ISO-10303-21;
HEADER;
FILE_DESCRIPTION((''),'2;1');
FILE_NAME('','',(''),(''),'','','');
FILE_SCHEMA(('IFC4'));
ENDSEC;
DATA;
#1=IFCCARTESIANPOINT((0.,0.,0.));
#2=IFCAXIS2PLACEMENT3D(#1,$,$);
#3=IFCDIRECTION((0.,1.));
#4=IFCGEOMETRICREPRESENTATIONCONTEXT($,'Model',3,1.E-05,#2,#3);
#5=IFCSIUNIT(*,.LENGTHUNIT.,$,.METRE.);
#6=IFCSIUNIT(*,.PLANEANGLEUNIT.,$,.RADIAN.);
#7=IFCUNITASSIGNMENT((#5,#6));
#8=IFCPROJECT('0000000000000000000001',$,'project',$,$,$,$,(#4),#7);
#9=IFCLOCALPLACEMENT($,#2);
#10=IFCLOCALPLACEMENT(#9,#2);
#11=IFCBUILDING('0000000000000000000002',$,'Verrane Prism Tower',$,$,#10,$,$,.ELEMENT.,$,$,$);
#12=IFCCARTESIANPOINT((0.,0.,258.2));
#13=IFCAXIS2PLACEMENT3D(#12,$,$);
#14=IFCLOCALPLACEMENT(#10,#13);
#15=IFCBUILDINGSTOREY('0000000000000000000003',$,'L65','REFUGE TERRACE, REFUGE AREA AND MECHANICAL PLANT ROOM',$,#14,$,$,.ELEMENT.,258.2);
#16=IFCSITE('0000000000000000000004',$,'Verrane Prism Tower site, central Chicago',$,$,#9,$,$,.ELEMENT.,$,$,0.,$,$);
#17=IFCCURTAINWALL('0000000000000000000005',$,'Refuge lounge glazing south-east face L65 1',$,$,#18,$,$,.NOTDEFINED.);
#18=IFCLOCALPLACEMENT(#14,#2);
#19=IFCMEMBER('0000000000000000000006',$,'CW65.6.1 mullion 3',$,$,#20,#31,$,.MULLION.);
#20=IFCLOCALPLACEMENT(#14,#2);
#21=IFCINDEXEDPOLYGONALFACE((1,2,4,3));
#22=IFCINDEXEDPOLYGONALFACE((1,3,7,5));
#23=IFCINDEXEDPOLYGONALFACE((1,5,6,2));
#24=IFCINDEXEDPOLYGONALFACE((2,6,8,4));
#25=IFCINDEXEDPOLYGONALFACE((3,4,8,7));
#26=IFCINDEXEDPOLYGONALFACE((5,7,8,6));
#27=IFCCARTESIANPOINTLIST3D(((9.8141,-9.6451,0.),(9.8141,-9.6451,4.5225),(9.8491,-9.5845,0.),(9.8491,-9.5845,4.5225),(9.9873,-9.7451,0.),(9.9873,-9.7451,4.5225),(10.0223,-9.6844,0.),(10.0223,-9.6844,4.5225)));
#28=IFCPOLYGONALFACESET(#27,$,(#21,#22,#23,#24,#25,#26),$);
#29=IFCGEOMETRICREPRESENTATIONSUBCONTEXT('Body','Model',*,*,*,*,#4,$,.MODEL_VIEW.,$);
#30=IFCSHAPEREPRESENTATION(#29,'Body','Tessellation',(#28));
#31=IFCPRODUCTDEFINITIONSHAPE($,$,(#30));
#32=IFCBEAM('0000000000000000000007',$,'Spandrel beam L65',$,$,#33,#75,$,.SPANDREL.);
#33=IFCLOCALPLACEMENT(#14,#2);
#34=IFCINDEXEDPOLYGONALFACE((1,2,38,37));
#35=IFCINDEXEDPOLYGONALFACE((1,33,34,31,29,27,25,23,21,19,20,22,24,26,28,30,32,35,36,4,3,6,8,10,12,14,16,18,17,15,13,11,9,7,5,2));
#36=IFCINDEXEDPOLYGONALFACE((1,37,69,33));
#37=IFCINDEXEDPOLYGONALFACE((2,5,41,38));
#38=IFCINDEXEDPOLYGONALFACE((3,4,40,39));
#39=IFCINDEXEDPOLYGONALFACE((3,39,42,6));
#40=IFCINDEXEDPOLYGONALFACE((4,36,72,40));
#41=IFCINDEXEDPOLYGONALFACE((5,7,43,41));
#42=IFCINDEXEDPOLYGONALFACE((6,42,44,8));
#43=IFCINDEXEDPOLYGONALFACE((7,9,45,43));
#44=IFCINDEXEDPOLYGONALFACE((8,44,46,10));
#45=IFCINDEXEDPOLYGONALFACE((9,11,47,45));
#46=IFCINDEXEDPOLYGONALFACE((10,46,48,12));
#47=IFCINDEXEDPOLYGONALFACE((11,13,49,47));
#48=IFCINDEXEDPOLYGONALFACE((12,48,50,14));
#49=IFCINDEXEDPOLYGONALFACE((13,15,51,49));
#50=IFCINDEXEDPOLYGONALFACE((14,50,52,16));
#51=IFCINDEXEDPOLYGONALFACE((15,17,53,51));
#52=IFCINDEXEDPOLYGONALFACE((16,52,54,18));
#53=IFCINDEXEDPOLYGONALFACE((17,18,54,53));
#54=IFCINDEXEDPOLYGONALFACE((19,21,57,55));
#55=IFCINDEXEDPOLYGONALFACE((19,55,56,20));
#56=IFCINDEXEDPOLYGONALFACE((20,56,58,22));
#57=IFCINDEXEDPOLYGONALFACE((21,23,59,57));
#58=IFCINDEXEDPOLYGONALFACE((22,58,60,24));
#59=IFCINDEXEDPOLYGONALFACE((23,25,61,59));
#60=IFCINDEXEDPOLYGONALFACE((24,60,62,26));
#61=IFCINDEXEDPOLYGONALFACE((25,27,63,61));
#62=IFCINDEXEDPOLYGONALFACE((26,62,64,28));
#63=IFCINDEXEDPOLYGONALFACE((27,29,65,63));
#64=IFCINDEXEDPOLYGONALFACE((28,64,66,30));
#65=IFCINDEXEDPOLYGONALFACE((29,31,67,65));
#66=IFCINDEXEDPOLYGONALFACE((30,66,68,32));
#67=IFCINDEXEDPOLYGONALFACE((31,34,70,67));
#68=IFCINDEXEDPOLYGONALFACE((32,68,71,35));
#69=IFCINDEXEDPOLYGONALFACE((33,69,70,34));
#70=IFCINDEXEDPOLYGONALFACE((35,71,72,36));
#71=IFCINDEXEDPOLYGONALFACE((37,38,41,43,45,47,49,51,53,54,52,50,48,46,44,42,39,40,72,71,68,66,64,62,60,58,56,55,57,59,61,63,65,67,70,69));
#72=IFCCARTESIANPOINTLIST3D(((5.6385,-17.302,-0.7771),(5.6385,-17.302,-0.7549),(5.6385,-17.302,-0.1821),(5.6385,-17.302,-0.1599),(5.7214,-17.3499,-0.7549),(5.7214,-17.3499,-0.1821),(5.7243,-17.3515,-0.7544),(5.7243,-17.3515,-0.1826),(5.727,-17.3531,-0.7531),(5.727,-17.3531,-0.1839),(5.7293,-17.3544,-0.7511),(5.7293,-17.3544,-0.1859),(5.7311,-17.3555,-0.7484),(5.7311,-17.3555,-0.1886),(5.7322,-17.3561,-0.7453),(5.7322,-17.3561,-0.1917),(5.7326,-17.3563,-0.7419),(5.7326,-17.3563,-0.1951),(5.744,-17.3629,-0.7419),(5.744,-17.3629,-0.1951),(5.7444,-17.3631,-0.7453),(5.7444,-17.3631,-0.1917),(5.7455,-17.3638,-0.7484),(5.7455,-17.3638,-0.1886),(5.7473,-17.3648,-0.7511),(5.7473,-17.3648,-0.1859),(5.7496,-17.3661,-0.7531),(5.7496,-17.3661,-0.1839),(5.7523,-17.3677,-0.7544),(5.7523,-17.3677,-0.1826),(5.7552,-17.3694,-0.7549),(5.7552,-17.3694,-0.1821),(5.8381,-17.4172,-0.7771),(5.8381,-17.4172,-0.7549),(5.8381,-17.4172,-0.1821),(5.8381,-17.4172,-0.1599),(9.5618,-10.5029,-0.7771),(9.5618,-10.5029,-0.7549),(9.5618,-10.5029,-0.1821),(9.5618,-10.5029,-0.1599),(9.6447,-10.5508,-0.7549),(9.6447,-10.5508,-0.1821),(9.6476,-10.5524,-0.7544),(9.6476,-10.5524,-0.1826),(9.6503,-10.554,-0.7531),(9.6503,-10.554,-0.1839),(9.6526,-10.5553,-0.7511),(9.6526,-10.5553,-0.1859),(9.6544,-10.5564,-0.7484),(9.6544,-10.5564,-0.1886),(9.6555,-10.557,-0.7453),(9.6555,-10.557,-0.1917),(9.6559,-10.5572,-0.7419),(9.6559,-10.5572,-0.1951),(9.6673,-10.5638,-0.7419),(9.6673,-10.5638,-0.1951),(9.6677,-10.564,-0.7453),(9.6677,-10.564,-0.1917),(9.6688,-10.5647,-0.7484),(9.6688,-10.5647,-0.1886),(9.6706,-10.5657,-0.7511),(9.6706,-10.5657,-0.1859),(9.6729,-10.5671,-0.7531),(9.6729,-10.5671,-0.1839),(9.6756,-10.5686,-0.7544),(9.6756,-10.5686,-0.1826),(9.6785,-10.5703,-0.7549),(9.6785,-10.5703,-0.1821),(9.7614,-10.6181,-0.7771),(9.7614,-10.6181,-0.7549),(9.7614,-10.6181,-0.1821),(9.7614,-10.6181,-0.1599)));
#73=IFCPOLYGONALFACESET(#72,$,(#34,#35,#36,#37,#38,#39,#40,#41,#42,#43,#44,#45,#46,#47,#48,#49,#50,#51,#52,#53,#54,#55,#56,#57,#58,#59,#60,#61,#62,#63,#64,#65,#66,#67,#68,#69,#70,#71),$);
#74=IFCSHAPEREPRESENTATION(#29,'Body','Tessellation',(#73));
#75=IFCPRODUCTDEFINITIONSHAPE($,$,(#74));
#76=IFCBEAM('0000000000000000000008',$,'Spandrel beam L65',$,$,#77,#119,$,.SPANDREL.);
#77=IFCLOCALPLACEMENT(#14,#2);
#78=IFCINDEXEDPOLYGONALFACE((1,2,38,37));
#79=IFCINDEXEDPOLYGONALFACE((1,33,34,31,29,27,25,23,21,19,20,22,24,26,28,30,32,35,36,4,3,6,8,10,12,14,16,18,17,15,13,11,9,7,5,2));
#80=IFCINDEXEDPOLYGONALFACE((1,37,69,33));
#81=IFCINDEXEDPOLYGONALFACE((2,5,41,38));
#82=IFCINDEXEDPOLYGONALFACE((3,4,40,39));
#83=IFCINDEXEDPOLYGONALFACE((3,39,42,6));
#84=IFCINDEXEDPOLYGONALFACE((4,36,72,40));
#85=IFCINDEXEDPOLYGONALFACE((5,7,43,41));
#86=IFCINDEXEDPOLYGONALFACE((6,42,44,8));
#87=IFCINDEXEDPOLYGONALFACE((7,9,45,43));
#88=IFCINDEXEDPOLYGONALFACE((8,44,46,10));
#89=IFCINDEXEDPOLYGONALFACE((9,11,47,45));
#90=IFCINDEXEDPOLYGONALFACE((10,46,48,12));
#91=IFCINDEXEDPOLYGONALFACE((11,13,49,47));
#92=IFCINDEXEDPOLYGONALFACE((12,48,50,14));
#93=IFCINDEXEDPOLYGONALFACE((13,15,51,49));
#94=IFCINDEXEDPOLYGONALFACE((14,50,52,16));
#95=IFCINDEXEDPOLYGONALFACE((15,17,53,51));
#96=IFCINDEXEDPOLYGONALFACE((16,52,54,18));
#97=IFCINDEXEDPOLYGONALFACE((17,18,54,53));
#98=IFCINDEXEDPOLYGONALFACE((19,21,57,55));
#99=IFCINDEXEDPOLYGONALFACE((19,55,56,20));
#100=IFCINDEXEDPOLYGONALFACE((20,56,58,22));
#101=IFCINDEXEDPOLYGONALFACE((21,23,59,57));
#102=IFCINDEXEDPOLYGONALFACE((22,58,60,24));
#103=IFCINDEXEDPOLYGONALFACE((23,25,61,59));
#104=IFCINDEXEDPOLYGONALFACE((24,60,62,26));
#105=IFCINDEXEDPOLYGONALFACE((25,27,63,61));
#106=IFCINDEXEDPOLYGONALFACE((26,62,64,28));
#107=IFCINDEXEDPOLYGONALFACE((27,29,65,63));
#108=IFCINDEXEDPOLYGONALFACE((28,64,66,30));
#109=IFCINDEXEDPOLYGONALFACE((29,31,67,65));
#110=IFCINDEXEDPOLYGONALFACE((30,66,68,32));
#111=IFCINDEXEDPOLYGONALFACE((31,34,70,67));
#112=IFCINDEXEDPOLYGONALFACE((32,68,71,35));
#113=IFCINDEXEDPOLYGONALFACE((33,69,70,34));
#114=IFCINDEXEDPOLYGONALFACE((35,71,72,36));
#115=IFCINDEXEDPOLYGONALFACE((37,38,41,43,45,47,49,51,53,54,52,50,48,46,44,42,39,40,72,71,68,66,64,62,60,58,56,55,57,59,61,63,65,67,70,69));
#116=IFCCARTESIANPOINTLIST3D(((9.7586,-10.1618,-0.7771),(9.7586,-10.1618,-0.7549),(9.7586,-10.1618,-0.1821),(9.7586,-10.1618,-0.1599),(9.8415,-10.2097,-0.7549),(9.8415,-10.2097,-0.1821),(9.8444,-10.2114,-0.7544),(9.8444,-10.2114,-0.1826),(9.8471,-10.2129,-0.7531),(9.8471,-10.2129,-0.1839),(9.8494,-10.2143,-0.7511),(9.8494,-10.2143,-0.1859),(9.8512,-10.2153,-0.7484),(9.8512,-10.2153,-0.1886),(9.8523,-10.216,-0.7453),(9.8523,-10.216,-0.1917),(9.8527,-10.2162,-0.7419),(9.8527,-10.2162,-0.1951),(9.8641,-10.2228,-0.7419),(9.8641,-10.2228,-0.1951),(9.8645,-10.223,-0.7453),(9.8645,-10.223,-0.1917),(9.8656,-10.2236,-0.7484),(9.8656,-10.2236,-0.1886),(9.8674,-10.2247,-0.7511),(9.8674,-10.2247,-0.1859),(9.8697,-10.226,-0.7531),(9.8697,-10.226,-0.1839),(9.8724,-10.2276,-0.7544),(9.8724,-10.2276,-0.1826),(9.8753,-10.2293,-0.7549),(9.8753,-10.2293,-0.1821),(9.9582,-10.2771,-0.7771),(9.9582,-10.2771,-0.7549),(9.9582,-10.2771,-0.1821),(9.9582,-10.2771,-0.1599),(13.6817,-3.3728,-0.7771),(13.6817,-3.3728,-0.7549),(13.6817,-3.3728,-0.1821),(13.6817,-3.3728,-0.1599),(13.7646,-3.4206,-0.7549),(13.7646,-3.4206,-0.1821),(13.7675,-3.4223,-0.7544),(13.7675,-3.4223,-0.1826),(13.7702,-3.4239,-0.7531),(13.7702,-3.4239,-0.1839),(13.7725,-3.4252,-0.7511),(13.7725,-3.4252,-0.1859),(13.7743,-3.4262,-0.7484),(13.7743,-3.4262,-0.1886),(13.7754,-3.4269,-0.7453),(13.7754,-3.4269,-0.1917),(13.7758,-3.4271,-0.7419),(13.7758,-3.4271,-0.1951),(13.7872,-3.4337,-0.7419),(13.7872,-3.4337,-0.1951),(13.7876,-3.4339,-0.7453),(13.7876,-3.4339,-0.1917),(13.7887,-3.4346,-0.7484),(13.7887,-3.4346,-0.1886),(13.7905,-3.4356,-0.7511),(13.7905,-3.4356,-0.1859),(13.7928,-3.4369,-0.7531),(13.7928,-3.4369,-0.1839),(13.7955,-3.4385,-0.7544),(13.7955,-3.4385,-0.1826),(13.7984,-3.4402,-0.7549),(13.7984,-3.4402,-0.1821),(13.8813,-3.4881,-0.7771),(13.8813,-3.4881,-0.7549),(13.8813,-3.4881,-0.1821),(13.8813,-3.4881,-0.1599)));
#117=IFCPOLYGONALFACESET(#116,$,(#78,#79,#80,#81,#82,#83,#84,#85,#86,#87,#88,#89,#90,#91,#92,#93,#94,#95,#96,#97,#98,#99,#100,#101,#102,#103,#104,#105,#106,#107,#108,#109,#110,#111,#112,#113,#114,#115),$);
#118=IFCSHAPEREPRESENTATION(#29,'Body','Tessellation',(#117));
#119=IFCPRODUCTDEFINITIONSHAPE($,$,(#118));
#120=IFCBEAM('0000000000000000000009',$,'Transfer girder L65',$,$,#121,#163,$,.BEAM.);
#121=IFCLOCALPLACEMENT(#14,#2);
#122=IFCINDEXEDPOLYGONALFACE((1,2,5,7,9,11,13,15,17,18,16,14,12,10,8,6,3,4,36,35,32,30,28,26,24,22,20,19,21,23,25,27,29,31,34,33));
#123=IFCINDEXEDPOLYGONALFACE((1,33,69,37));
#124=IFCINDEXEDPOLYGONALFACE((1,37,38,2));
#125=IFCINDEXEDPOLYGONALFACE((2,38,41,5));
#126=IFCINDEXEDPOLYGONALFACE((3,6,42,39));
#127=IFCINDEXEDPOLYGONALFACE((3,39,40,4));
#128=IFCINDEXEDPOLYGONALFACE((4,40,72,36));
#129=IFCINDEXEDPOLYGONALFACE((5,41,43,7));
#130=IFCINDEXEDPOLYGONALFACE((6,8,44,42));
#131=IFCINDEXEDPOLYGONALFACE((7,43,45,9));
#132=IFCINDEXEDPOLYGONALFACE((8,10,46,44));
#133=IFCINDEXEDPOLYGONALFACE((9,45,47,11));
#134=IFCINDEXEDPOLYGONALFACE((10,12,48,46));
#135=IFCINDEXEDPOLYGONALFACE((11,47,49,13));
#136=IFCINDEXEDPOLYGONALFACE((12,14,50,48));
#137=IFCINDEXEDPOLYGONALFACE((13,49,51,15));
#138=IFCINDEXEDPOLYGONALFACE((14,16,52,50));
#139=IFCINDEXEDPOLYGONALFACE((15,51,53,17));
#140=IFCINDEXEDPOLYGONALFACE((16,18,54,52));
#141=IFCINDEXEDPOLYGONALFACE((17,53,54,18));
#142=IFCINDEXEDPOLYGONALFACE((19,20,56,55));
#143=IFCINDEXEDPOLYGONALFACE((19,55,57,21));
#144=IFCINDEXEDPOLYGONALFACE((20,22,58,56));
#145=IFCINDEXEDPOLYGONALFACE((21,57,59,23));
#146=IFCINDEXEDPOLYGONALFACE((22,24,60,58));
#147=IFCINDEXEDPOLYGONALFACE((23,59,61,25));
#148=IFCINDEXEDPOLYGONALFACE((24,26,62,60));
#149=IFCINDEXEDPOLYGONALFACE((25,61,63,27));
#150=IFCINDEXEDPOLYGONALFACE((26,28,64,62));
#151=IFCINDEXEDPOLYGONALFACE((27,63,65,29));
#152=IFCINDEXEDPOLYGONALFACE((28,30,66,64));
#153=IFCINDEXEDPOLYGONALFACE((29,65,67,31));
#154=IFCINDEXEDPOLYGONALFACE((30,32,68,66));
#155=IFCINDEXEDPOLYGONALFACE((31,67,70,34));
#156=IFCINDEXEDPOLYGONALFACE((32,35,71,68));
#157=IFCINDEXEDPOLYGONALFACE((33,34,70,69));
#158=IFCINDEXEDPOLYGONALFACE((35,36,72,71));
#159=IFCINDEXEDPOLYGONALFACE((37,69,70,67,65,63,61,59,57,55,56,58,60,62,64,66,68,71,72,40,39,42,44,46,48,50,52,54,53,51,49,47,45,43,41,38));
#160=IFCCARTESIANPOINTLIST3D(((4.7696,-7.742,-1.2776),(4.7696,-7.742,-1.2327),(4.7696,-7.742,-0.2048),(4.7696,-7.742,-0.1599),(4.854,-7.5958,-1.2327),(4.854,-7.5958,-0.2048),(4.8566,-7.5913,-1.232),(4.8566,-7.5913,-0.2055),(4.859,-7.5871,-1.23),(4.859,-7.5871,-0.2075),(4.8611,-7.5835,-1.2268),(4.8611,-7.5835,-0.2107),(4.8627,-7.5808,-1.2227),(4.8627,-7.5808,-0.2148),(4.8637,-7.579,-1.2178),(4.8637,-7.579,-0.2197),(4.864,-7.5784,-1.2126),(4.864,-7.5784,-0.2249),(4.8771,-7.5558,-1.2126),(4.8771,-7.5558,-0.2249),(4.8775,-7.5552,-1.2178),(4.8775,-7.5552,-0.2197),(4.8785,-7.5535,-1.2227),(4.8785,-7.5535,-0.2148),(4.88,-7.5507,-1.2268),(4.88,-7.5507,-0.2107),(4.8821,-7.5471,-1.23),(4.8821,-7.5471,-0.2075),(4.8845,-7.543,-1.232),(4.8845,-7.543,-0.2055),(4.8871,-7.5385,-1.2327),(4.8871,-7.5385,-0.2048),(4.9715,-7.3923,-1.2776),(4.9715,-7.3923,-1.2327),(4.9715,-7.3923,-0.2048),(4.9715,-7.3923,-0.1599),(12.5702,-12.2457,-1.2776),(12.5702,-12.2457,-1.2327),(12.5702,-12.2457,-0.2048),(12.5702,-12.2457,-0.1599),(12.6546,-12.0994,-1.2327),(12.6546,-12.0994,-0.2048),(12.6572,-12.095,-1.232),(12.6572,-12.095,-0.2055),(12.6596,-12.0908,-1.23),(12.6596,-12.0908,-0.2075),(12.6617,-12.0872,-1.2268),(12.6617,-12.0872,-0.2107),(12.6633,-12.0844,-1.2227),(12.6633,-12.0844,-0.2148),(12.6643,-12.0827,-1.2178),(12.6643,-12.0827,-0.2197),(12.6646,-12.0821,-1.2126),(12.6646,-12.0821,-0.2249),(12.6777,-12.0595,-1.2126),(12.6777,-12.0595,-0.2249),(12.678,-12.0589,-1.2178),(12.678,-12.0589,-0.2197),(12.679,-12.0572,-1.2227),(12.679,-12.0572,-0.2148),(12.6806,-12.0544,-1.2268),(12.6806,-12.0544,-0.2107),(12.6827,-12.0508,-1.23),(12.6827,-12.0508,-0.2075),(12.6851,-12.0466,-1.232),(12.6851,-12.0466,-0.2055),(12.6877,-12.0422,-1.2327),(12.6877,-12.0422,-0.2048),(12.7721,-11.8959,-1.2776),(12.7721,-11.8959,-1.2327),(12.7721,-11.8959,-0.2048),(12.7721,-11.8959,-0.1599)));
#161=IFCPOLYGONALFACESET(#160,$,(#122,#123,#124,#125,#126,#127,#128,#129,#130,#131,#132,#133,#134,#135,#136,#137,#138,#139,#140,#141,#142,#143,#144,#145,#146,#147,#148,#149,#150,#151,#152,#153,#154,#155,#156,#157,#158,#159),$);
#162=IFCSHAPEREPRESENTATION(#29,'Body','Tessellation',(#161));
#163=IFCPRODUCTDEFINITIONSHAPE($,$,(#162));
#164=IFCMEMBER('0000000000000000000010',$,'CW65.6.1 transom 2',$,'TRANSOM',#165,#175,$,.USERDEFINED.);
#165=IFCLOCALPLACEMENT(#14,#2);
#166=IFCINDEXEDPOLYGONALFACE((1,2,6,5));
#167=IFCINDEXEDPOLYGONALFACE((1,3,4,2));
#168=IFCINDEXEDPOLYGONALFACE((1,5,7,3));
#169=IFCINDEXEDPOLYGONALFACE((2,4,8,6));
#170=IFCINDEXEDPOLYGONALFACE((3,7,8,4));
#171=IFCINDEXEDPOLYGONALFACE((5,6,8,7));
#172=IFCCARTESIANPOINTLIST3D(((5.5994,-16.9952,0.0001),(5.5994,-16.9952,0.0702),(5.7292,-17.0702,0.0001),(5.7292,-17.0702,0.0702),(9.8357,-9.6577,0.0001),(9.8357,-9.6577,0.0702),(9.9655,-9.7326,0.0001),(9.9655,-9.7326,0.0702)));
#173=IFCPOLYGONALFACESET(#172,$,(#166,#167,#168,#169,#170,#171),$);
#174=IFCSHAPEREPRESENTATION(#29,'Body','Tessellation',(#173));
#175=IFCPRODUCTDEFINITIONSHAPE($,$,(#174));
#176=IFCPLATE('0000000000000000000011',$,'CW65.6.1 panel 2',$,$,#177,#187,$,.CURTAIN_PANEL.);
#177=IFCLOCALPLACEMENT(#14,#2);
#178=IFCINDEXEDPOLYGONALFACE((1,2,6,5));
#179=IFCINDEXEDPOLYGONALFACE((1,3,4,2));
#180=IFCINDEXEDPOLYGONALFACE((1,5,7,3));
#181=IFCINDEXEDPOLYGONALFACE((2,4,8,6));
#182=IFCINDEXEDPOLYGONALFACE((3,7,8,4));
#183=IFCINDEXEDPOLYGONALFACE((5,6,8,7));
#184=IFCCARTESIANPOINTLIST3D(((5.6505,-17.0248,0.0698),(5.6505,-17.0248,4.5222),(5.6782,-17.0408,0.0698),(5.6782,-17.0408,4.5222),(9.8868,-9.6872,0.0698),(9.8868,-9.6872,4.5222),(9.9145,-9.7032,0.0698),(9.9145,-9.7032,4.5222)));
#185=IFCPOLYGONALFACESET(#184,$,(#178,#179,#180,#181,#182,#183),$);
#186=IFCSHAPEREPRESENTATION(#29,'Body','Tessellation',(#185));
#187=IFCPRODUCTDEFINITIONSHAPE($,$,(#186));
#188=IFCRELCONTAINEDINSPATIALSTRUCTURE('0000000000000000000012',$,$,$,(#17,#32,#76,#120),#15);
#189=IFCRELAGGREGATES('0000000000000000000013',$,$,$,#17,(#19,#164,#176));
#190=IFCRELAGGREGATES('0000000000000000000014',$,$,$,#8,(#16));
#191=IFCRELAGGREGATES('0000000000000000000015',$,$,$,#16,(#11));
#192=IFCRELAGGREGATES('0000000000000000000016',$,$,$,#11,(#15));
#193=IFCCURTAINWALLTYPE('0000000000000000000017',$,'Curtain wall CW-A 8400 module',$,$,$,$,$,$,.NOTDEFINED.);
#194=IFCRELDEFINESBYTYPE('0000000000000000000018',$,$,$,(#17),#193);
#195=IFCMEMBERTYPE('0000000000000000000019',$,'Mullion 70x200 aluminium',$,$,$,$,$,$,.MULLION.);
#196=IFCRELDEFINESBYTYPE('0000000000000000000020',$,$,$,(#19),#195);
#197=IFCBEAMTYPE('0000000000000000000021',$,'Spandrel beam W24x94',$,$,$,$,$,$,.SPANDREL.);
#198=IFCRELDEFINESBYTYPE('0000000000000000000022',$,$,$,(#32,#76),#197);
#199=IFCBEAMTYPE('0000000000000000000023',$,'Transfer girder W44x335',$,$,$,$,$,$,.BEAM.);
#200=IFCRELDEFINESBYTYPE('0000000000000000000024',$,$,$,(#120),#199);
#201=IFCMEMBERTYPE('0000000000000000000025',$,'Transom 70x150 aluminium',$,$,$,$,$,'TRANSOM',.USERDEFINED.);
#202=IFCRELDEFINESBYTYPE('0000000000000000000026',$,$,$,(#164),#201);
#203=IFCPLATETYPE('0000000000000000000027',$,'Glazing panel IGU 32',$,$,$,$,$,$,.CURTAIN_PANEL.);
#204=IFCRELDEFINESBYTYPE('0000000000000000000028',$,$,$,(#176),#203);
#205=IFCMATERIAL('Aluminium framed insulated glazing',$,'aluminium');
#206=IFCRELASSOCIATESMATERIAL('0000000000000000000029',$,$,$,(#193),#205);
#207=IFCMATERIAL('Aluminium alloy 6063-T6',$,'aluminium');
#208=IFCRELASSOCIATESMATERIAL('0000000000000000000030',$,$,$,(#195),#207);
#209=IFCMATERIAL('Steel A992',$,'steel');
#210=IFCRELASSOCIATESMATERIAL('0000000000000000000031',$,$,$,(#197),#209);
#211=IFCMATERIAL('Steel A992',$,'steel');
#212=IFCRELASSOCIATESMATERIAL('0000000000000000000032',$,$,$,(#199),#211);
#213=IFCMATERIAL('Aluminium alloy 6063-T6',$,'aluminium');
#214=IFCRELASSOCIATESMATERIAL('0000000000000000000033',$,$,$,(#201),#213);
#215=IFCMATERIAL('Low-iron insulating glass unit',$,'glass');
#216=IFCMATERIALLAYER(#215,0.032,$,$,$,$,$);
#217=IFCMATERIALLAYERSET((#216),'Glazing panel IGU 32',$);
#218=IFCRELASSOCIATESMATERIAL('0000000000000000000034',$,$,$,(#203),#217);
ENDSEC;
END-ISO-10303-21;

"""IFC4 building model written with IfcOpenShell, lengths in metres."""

from ifc_helpers import new_model, si_unit, direction, frame, origin, origin_2d, place, context, subcontext, project, spatial, rectangle, i_section, extrude, material, layer, layer_set, material_profile, profile_set, type_object, element, aggregate, save


model = new_model("IFC4")

# Units and contexts
model_context = context("Model", 3, precision=1e-05, world=origin(), true_north=direction((0.0, 1.0)))
body_context = subcontext(model_context, "Body", "Model", "MODEL_VIEW")
ifc_project = project(units=[si_unit("LENGTHUNIT", "METRE"), si_unit("PLANEANGLEUNIT", "RADIAN")], contexts=[model_context])

# Site, building, storey
site_placement = place(None, origin())
site = spatial("IfcSite", under=ifc_project, at=site_placement, Name="Verrane Prism Tower site, central Chicago", CompositionType="ELEMENT", RefElevation=0.0)
building_placement = place(site_placement, origin())
building = spatial("IfcBuilding", under=site, at=building_placement, Name="Verrane Prism Tower", CompositionType="ELEMENT")
storey_placement = place(building_placement, frame((0.0, 0.0, 258.2)))
storey = spatial("IfcBuildingStorey", under=building, at=storey_placement, Name="L65", Description="REFUGE TERRACE, REFUGE AREA AND MECHANICAL PLANT ROOM", CompositionType="ELEMENT", Elevation=258.2)

# Curtain wall, member
ifc_material_1 = material(Name="Aluminium framed insulated glazing", Category="aluminium")
curtain_wall_type = type_object("IfcCurtainWallType", Name="Curtain wall CW-A 8400 module", PredefinedType="NOTDEFINED", material=ifc_material_1)
curtain_wall_placement = place(storey_placement, origin())
curtain_wall = element("IfcCurtainWall", 1, at=curtain_wall_placement, inside=storey, type_object=curtain_wall_type, Name="Refuge lounge glazing south-east face L65 1", PredefinedType="NOTDEFINED")
ifc_material_2 = material(Name="Aluminium alloy 6063-T6", Category="aluminium")
ifc_material_profile_1 = material_profile(ifc_material_2, rectangle(XDim=0.2, YDim=0.0701, at=origin_2d()), Name="Mullion 70x200 aluminium")
ifc_profile_set_1 = profile_set([ifc_material_profile_1], Name="Aluminium alloy 6063-T6")
member_type_1 = type_object("IfcMemberType", Name="Mullion 70x200 aluminium", PredefinedType="MULLION", material=ifc_profile_set_1)
member_1_placement = place(storey_placement, frame((9.9182, -9.6648, 0.0), z_axis=(0.0, 0.0, 1.0), x_axis=(-0.866027, 0.499998, 0.0)))
member_1 = element("IfcMember", 2, at=member_1_placement, type_object=member_type_1, Name="CW65.6.1 mullion 3", PredefinedType="MULLION", context=body_context, shape_type="SweptSolid", body=[
    extrude(rectangle(XDim=0.2, YDim=0.0701, at=origin_2d()), origin(), (0.0, 0.0, 1.0), 4.5225),
])

# Beams
ifc_material_3 = material(Name="Steel A992", Category="steel")
ifc_material_profile_2 = material_profile(ifc_material_3, i_section(OverallWidth=0.2305, OverallDepth=0.6172, WebThickness=0.0132, FlangeThickness=0.0222, FilletRadius=0.0129, at=origin_2d()), Name="W24x94")
ifc_profile_set_2 = profile_set([ifc_material_profile_2], Name="Steel A992")
beam_type_1 = type_object("IfcBeamType", Name="Spandrel beam W24x94", PredefinedType="SPANDREL", material=ifc_profile_set_2)
beam_1_placement = place(storey_placement, frame((5.7383, -17.3596, -0.4685), z_axis=(0.499799, 0.866142, 0.0), x_axis=(-0.866142, 0.499799, 0.0)))
element("IfcBeam", 3, at=beam_1_placement, inside=storey, type_object=beam_type_1, Name="Spandrel beam L65", PredefinedType="SPANDREL", context=body_context, shape_type="SweptSolid", body=[
    extrude(i_section(OverallWidth=0.2305, OverallDepth=0.6172, WebThickness=0.0132, FlangeThickness=0.0222, FilletRadius=0.0129, at=origin_2d()), origin(), (0.0, 0.0, 1.0), 7.8499),
])
beam_2_placement = place(storey_placement, frame((9.8584, -10.2195, -0.4685), z_axis=(0.500328, 0.865836, 0.0), x_axis=(-0.865836, 0.500328, 0.0)))
element("IfcBeam", 4, at=beam_2_placement, inside=storey, type_object=beam_type_1, Name="Spandrel beam L65", PredefinedType="SPANDREL", context=body_context, shape_type="SweptSolid", body=[
    extrude(i_section(OverallWidth=0.2305, OverallDepth=0.6172, WebThickness=0.0132, FlangeThickness=0.0222, FilletRadius=0.0129, at=origin_2d()), origin(), (0.0, 0.0, 1.0), 7.8411),
])
ifc_material_4 = material(Name="Steel A992", Category="steel")
ifc_material_profile_3 = material_profile(ifc_material_4, i_section(OverallWidth=0.4038, OverallDepth=1.1177, WebThickness=0.0261, FlangeThickness=0.0449, FilletRadius=0.02, at=origin_2d()), Name="W44x335")
ifc_profile_set_3 = profile_set([ifc_material_profile_3], Name="Steel A992")
beam_type_2 = type_object("IfcBeamType", Name="Transfer girder W44x335", PredefinedType="BEAM", material=ifc_profile_set_3)
beam_3_placement = place(storey_placement, frame((12.6711, -12.0708, -0.7188), z_axis=(-0.866024, 0.500002, 0.0), x_axis=(-0.500002, -0.866024, 0.0)))
element("IfcBeam", 5, at=beam_3_placement, inside=storey, type_object=beam_type_2, Name="Transfer girder L65", PredefinedType="BEAM", context=body_context, shape_type="SweptSolid", body=[
    extrude(i_section(OverallWidth=0.4038, OverallDepth=1.1177, WebThickness=0.0261, FlangeThickness=0.0449, FilletRadius=0.02, at=origin_2d()), origin(), (0.0, 0.0, 1.0), 9.0073),
])

# Member
ifc_material_5 = material(Name="Aluminium alloy 6063-T6", Category="aluminium")
ifc_material_profile_4 = material_profile(ifc_material_5, rectangle(XDim=0.1499, YDim=0.0701, at=origin_2d()), Name="Transom 70x150 aluminium")
ifc_profile_set_4 = profile_set([ifc_material_profile_4], Name="Aluminium alloy 6063-T6")
member_type_2 = type_object("IfcMemberType", Name="Transom 70x150 aluminium", ElementType="TRANSOM", PredefinedType="USERDEFINED", material=ifc_profile_set_4)
member_2_placement = place(storey_placement, frame((5.6643, -17.0327, 0.0352), z_axis=(0.499994, 0.866029, 0.0), x_axis=(-0.866029, 0.499994, 0.0)))
member_2 = element("IfcMember", 6, at=member_2_placement, type_object=member_type_2, Name="CW65.6.1 transom 2", ObjectType="TRANSOM", PredefinedType="USERDEFINED", context=body_context, shape_type="SweptSolid", body=[
    extrude(rectangle(XDim=0.1499, YDim=0.0701, at=origin_2d()), origin(), (0.0, 0.0, 1.0), 8.4727),
])

# Plate
ifc_material_6 = material(Name="Low-iron insulating glass unit", Category="glass")
ifc_layer_1 = layer(ifc_material_6, 0.032)
ifc_layer_set_1 = layer_set([ifc_layer_1], Name="Glazing panel IGU 32")
plate_type = type_object("IfcPlateType", Name="Glazing panel IGU 32", PredefinedType="CURTAIN_PANEL", material=ifc_layer_set_1)
plate_placement = place(storey_placement, frame((7.7825, -13.364, 0.0698), z_axis=(0.0, 0.0, 1.0), x_axis=(0.499998, 0.866027, 0.0)))
plate = element("IfcPlate", 7, at=plate_placement, type_object=plate_type, Name="CW65.6.1 panel 2", PredefinedType="CURTAIN_PANEL", context=body_context, shape_type="SweptSolid", body=[
    extrude(rectangle(XDim=8.4727, YDim=0.032, at=origin_2d()), origin(), (0.0, 0.0, 1.0), 4.4524),
])
aggregate(curtain_wall, [member_1, member_2, plate])

save(model, "model.ifc")
